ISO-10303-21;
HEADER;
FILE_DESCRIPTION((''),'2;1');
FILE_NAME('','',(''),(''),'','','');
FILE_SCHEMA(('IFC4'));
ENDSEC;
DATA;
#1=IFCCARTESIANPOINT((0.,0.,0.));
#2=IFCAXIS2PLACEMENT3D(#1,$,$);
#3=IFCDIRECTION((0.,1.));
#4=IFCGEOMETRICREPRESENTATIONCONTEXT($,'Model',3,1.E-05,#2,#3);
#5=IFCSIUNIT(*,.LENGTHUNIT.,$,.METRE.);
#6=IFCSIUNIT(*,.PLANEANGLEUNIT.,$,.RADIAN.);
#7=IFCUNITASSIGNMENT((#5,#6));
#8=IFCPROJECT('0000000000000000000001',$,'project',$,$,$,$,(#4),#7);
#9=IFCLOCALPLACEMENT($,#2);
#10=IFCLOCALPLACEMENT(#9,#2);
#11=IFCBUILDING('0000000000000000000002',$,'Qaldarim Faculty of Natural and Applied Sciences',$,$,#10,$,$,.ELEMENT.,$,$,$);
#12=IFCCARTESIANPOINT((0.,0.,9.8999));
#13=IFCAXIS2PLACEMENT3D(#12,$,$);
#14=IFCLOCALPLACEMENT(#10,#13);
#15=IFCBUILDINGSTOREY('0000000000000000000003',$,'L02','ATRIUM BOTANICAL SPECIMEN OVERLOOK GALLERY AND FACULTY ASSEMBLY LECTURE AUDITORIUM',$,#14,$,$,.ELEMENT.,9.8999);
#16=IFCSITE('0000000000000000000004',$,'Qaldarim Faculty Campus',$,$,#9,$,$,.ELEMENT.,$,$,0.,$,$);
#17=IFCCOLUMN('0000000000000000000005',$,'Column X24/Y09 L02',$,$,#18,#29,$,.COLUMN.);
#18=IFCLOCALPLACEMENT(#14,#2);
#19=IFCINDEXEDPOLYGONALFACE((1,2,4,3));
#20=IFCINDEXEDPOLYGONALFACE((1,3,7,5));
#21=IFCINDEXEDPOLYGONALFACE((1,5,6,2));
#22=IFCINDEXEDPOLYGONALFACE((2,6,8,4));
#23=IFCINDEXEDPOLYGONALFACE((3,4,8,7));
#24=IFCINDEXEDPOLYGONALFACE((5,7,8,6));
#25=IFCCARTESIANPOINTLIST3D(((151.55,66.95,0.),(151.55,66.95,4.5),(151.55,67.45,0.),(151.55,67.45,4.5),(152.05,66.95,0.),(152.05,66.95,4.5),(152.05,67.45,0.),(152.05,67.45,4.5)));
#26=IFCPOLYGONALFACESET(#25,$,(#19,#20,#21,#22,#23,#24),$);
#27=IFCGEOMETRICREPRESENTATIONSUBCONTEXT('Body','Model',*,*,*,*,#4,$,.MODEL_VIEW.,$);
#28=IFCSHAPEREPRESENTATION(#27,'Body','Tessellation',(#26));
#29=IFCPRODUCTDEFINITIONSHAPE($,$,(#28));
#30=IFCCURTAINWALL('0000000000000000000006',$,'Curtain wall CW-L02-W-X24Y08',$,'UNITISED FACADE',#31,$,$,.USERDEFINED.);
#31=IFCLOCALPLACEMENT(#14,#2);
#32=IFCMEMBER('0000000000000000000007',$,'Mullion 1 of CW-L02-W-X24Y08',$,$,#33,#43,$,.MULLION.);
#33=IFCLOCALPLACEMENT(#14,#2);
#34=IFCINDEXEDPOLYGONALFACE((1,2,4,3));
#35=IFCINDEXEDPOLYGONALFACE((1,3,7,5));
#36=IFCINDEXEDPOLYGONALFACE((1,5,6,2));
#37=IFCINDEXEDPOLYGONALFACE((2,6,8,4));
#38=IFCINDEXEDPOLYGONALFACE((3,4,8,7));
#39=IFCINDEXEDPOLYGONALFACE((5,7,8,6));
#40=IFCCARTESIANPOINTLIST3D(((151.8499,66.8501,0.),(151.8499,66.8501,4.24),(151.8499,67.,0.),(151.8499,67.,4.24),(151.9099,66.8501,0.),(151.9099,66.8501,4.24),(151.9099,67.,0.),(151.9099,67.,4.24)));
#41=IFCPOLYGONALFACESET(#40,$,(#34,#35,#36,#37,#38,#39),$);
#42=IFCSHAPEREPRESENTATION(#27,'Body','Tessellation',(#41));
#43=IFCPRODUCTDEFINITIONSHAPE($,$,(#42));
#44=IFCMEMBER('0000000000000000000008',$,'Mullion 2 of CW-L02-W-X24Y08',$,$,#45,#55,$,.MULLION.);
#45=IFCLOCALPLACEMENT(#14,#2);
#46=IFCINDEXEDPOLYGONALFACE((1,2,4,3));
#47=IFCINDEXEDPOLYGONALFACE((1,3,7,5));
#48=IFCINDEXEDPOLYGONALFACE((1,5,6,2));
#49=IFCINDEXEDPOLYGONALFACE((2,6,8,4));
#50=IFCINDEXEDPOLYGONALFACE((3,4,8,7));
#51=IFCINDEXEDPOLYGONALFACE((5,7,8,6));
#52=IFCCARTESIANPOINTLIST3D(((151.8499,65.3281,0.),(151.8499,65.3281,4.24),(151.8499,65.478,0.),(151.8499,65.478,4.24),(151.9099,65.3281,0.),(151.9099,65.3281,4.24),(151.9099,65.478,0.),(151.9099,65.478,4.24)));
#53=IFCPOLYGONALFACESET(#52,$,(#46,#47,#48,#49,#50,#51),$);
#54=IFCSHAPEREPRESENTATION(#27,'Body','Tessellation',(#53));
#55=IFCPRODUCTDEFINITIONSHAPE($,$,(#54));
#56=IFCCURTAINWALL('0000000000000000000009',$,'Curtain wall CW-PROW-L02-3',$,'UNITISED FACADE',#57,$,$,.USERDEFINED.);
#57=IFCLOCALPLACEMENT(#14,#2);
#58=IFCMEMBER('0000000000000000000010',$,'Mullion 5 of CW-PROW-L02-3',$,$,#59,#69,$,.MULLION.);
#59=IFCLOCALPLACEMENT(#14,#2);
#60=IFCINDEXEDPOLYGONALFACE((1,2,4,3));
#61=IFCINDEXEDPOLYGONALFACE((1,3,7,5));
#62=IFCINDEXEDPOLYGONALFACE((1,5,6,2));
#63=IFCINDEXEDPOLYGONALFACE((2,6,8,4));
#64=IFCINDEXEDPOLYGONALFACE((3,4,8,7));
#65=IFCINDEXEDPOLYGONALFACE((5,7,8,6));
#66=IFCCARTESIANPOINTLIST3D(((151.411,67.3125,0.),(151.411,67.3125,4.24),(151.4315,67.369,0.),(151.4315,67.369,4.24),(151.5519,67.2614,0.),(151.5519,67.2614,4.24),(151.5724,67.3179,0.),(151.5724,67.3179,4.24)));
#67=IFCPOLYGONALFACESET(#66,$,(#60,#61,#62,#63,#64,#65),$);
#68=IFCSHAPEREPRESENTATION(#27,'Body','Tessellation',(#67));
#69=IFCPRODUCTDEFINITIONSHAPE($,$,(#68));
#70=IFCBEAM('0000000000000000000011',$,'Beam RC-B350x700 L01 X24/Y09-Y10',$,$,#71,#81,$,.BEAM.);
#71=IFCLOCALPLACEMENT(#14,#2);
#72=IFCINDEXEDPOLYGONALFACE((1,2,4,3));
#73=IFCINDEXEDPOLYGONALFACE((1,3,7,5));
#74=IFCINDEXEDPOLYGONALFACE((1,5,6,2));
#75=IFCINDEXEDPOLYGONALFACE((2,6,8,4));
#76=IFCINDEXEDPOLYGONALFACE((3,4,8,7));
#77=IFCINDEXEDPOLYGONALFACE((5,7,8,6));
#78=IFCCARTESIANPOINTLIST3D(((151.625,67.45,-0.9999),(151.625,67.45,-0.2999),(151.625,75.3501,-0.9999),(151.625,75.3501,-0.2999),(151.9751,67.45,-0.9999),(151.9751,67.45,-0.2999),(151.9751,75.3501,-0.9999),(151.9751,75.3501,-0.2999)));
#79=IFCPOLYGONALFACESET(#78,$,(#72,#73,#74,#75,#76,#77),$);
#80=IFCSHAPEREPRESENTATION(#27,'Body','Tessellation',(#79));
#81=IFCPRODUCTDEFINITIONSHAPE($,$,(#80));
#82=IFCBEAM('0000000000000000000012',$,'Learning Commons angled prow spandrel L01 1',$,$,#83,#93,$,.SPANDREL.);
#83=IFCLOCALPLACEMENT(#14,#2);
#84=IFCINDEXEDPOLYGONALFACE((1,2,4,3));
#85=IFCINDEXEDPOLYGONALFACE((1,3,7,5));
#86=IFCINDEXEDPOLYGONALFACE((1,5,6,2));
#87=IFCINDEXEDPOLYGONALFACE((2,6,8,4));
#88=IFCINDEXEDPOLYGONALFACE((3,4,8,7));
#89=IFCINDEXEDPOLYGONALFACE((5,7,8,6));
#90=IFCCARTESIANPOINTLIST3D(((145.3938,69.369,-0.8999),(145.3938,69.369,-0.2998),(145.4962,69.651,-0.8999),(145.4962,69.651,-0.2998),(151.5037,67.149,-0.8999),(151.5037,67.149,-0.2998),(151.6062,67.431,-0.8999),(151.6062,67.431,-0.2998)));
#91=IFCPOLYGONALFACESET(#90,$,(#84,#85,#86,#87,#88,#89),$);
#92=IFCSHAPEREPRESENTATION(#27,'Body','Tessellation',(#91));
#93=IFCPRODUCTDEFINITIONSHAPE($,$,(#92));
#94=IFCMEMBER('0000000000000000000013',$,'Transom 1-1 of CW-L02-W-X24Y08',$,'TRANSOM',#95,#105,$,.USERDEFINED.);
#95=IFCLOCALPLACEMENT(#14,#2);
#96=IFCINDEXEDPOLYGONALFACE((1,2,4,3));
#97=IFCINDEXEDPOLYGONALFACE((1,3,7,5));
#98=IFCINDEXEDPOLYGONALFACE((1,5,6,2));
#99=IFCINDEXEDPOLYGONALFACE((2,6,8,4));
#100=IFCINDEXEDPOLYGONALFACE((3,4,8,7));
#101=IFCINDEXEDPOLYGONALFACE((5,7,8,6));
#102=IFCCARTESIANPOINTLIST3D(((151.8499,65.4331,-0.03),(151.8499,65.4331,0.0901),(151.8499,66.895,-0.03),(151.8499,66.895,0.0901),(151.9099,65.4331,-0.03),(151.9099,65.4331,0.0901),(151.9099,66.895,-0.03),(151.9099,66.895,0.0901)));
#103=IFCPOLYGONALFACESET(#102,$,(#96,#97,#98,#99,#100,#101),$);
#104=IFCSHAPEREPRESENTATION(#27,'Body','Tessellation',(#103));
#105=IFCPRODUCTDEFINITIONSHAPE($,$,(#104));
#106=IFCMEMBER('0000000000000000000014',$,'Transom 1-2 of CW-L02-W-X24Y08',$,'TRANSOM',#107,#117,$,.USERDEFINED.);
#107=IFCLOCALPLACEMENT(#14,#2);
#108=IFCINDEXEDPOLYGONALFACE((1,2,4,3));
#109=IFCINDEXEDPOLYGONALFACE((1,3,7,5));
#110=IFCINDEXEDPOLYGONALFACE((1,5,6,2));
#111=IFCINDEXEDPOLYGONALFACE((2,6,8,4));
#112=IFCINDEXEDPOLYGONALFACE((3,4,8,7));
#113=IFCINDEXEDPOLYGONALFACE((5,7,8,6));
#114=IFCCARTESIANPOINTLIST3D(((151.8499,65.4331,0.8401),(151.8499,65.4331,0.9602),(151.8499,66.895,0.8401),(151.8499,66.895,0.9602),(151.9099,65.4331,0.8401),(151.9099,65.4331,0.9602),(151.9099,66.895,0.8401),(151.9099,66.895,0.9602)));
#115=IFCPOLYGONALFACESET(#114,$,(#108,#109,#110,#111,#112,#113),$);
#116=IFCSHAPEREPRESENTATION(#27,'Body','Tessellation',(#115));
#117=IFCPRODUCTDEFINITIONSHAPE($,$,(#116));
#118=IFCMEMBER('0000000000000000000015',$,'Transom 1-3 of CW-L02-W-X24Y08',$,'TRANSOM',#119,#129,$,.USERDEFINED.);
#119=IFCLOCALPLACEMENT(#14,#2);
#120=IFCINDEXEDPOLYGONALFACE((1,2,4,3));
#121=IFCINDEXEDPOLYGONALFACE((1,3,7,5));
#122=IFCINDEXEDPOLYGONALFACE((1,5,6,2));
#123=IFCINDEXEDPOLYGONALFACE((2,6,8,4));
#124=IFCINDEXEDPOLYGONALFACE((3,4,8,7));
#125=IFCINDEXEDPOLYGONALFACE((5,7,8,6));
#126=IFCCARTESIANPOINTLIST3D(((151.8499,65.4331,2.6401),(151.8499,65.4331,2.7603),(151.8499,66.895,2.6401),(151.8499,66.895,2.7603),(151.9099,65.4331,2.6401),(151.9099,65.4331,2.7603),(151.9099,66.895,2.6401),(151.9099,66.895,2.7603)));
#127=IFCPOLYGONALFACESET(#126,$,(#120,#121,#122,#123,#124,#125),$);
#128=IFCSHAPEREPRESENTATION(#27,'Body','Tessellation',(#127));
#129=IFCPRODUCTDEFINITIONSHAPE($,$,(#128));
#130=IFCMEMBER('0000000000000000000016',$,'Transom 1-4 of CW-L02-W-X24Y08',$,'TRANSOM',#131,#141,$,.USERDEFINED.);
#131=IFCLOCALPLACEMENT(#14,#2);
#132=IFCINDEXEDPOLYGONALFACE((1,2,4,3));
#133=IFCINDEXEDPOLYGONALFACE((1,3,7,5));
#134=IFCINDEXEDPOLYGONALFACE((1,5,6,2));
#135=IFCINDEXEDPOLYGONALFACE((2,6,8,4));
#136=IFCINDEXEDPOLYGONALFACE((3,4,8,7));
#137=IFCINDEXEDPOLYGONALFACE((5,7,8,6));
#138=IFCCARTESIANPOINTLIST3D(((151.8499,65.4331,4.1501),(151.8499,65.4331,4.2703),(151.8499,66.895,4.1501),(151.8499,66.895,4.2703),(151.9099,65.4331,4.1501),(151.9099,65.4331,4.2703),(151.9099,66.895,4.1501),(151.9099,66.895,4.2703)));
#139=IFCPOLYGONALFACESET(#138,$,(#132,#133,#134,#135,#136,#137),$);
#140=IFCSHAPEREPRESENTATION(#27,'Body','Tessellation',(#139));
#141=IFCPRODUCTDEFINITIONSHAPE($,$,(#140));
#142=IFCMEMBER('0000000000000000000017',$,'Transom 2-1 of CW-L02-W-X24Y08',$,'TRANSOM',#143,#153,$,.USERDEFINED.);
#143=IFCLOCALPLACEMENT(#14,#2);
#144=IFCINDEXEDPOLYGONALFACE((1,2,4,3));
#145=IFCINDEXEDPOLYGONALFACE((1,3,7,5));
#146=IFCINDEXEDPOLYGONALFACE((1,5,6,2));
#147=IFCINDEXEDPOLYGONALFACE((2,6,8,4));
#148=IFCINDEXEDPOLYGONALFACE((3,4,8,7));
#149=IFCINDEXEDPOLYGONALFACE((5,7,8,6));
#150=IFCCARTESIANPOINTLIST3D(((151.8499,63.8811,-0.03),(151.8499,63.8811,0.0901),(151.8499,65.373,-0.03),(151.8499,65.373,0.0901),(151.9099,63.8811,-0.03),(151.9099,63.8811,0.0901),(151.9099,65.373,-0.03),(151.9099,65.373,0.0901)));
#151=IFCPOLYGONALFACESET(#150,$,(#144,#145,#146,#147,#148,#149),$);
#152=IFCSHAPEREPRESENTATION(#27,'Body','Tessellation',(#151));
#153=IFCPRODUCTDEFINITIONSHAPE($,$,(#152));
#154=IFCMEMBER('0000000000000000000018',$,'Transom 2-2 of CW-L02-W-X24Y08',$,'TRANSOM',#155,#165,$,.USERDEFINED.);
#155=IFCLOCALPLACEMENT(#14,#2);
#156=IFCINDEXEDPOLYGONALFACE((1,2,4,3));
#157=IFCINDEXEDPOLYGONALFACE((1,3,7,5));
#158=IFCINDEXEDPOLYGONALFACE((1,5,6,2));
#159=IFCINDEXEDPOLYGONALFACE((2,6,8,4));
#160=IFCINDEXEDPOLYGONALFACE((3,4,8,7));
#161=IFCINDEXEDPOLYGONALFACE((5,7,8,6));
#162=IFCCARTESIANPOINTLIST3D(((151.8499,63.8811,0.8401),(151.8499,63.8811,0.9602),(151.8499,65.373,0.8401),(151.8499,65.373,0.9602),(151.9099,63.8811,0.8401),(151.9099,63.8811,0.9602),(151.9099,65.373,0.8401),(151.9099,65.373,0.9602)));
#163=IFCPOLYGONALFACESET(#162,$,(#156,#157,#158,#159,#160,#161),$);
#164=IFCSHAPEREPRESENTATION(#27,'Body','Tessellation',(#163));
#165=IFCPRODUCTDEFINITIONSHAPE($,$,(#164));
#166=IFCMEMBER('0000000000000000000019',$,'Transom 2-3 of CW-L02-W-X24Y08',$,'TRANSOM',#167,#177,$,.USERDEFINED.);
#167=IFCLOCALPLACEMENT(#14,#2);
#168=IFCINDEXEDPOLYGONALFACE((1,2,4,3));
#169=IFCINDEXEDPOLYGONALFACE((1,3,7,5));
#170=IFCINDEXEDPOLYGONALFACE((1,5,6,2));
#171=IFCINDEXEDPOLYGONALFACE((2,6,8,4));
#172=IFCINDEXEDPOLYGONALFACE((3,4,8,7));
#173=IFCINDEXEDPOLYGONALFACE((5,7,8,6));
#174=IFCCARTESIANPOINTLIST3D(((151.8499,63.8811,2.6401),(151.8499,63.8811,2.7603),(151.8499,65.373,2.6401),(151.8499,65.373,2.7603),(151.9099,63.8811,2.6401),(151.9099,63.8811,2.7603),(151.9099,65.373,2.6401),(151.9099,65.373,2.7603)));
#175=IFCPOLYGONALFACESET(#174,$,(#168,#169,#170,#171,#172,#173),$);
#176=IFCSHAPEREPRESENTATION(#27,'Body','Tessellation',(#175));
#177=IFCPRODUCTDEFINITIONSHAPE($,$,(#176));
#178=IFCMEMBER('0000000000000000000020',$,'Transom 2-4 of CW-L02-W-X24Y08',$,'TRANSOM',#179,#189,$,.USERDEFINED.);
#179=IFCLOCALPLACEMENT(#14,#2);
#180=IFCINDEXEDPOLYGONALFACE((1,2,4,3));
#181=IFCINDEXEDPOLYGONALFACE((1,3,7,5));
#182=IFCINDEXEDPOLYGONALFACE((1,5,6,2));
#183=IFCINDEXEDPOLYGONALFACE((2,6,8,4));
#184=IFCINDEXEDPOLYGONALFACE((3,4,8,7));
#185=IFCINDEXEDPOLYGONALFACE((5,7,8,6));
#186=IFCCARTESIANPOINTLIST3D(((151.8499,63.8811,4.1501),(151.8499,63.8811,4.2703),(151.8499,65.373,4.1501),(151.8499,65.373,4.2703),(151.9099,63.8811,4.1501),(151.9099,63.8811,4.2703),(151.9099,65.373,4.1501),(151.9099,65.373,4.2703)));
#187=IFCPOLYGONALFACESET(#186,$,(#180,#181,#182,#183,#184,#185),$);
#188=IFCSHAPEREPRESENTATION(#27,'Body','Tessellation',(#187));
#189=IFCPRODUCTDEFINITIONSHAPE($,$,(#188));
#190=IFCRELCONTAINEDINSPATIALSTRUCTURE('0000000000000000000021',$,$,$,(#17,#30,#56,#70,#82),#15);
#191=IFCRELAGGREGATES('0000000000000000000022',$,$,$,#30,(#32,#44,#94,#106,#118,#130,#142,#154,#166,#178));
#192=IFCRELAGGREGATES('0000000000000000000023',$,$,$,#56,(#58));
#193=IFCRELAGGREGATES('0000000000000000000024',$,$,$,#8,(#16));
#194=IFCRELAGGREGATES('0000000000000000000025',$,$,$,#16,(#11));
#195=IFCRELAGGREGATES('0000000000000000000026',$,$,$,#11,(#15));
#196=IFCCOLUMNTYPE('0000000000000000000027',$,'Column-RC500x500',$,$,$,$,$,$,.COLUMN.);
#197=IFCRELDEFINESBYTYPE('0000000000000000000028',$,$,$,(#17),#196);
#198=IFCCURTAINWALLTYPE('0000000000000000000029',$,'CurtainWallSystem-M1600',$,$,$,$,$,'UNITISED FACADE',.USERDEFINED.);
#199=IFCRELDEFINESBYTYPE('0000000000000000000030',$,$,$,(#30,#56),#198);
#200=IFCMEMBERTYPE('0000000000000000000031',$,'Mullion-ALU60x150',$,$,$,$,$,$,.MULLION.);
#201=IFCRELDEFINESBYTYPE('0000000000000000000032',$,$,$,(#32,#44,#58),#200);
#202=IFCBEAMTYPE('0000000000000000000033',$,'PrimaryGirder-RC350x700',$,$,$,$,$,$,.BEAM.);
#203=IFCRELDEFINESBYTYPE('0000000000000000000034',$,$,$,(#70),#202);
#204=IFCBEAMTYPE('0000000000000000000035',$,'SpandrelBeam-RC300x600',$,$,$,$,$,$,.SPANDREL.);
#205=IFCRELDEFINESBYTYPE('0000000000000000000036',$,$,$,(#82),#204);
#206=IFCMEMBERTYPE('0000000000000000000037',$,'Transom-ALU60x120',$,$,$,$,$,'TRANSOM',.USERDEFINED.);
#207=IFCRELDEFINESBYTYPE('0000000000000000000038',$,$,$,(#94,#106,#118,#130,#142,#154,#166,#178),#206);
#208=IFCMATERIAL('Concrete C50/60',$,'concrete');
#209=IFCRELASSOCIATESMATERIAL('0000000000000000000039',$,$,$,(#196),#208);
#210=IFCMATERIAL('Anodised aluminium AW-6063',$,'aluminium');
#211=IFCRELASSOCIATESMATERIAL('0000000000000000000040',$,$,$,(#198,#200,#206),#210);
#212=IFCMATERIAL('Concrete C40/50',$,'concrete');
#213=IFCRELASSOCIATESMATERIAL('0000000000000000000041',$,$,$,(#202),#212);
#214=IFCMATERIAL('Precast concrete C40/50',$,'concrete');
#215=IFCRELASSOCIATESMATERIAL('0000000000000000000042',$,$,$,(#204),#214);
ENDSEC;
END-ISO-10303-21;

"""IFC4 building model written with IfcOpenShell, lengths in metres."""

from ifc_helpers import new_model, si_unit, direction, frame, origin, origin_2d, place, context, subcontext, project, spatial, rectangle, extrude, material, material_profile, profile_set, type_object, element, aggregate, save


model = new_model("IFC4")

# Units and contexts
model_context = context("Model", 3, precision=1e-05, world=origin(), true_north=direction((0.0, 1.0)))
body_context = subcontext(model_context, "Body", "Model", "MODEL_VIEW")
ifc_project = project(units=[si_unit("LENGTHUNIT", "METRE"), si_unit("PLANEANGLEUNIT", "RADIAN")], contexts=[model_context])

# Site, building, storey
site_placement = place(None, origin())
site = spatial("IfcSite", under=ifc_project, at=site_placement, Name="Qaldarim Faculty Campus", CompositionType="ELEMENT", RefElevation=0.0)
building_placement = place(site_placement, origin())
building = spatial("IfcBuilding", under=site, at=building_placement, Name="Qaldarim Faculty of Natural and Applied Sciences", CompositionType="ELEMENT")
storey_placement = place(building_placement, frame((0.0, 0.0, 9.8999)))
storey = spatial("IfcBuildingStorey", under=building, at=storey_placement, Name="L02", Description="ATRIUM BOTANICAL SPECIMEN OVERLOOK GALLERY AND FACULTY ASSEMBLY LECTURE AUDITORIUM", CompositionType="ELEMENT", Elevation=9.8999)

# Column
ifc_material_1 = material(Name="Concrete C50/60", Category="concrete")
ifc_material_profile_1 = material_profile(ifc_material_1, rectangle(XDim=0.5, YDim=0.5, at=origin_2d()), Name="RC-C500x500")
ifc_profile_set_1 = profile_set([ifc_material_profile_1], Name="Concrete C50/60")
column_type = type_object("IfcColumnType", Name="Column-RC500x500", PredefinedType="COLUMN", material=ifc_profile_set_1)
column_placement = place(storey_placement, frame((151.8, 67.2, 0.0), z_axis=(0.0, 0.0, 1.0), x_axis=(1.0, 0.0, 0.0)))
element("IfcColumn", 1, at=column_placement, inside=storey, type_object=column_type, Name="Column X24/Y09 L02", PredefinedType="COLUMN", context=body_context, shape_type="SweptSolid", body=[
    extrude(rectangle(XDim=0.5, YDim=0.5, at=origin_2d()), origin(), (0.0, 0.0, 1.0), 4.5),
])

# Curtain wall, members
ifc_material_2 = material(Name="Anodised aluminium AW-6063", Category="aluminium")
curtain_wall_type = type_object("IfcCurtainWallType", Name="CurtainWallSystem-M1600", ElementType="UNITISED FACADE", PredefinedType="USERDEFINED", material=ifc_material_2)
curtain_wall_1_placement = place(storey_placement, origin())
curtain_wall_1 = element("IfcCurtainWall", 2, at=curtain_wall_1_placement, inside=storey, type_object=curtain_wall_type, Name="Curtain wall CW-L02-W-X24Y08", ObjectType="UNITISED FACADE", PredefinedType="USERDEFINED")
ifc_material_profile_2 = material_profile(ifc_material_2, rectangle(XDim=0.0601, YDim=0.1499, at=origin_2d()), Name="ALU-M60x150")
ifc_profile_set_2 = profile_set([ifc_material_profile_2], Name="Anodised aluminium AW-6063")
member_type_1 = type_object("IfcMemberType", Name="Mullion-ALU60x150", PredefinedType="MULLION", material=ifc_profile_set_2)
member_1_placement = place(storey_placement, frame((151.8799, 66.925, 0.0), z_axis=(0.0, 0.0, 1.0), x_axis=(1.0, 0.0, 0.0)))
member_1 = element("IfcMember", 3, at=member_1_placement, type_object=member_type_1, Name="Mullion 1 of CW-L02-W-X24Y08", PredefinedType="MULLION", context=body_context, shape_type="SweptSolid", body=[
    extrude(rectangle(XDim=0.0601, YDim=0.1499, at=origin_2d()), origin(), (0.0, 0.0, 1.0), 4.24),
])
member_2_placement = place(storey_placement, frame((151.8799, 65.4031, 0.0), z_axis=(0.0, 0.0, 1.0), x_axis=(1.0, 0.0, 0.0)))
member_2 = element("IfcMember", 4, at=member_2_placement, type_object=member_type_1, Name="Mullion 2 of CW-L02-W-X24Y08", PredefinedType="MULLION", context=body_context, shape_type="SweptSolid", body=[
    extrude(rectangle(XDim=0.0601, YDim=0.1499, at=origin_2d()), origin(), (0.0, 0.0, 1.0), 4.24),
])

# Curtain wall, member
curtain_wall_2_placement = place(storey_placement, origin())
curtain_wall_2 = element("IfcCurtainWall", 5, at=curtain_wall_2_placement, inside=storey, type_object=curtain_wall_type, Name="Curtain wall CW-PROW-L02-3", ObjectType="UNITISED FACADE", PredefinedType="USERDEFINED")
member_3_placement = place(storey_placement, frame((151.4917, 67.3152, 0.0), z_axis=(0.0, 0.0, 1.0), x_axis=(0.340872, 0.94011, 0.0)))
member_3 = element("IfcMember", 6, at=member_3_placement, type_object=member_type_1, Name="Mullion 5 of CW-PROW-L02-3", PredefinedType="MULLION", context=body_context, shape_type="SweptSolid", body=[
    extrude(rectangle(XDim=0.0601, YDim=0.1499, at=origin_2d()), origin(), (0.0, 0.0, 1.0), 4.24),
])

# Beams
ifc_material_3 = material(Name="Concrete C40/50", Category="concrete")
ifc_material_profile_3 = material_profile(ifc_material_3, rectangle(XDim=0.3501, YDim=0.7, at=origin_2d()), Name="RC-B350x700")
ifc_profile_set_3 = profile_set([ifc_material_profile_3], Name="Concrete C40/50")
beam_type_1 = type_object("IfcBeamType", Name="PrimaryGirder-RC350x700", PredefinedType="BEAM", material=ifc_profile_set_3)
beam_1_placement = place(storey_placement, frame((151.8, 67.45, -0.6499), z_axis=(0.0, 1.0, 0.0), x_axis=(-1.0, 0.0, 0.0)))
element("IfcBeam", 7, at=beam_1_placement, inside=storey, type_object=beam_type_1, Name="Beam RC-B350x700 L01 X24/Y09-Y10", PredefinedType="BEAM", context=body_context, shape_type="SweptSolid", body=[
    extrude(rectangle(XDim=0.3501, YDim=0.7, at=origin_2d()), origin(), (0.0, 0.0, 1.0), 7.9001),
])
ifc_material_4 = material(Name="Precast concrete C40/50", Category="concrete")
ifc_material_profile_4 = material_profile(ifc_material_4, rectangle(XDim=0.3, YDim=0.6001, at=origin_2d()), Name="RC-SP300x600")
ifc_profile_set_4 = profile_set([ifc_material_profile_4], Name="Precast concrete C40/50")
beam_type_2 = type_object("IfcBeamType", Name="SpandrelBeam-RC300x600", PredefinedType="SPANDREL", material=ifc_profile_set_4)
beam_2_placement = place(storey_placement, frame((151.5549, 67.29, -0.5999), z_axis=(-0.939882, 0.341499, 0.0), x_axis=(-0.341499, -0.939882, 0.0)))
element("IfcBeam", 8, at=beam_2_placement, inside=storey, type_object=beam_type_2, Name="Learning Commons angled prow spandrel L01 1", PredefinedType="SPANDREL", context=body_context, shape_type="SweptSolid", body=[
    extrude(rectangle(XDim=0.3, YDim=0.6001, at=origin_2d()), origin(), (0.0, 0.0, 1.0), 6.5007),
])

# Members
ifc_material_profile_5 = material_profile(ifc_material_2, rectangle(XDim=0.0601, YDim=0.1201, at=origin_2d()), Name="ALU-T60x120")
ifc_profile_set_5 = profile_set([ifc_material_profile_5], Name="Anodised aluminium AW-6063")
member_type_2 = type_object("IfcMemberType", Name="Transom-ALU60x120", ElementType="TRANSOM", PredefinedType="USERDEFINED", material=ifc_profile_set_5)
member_4_placement = place(storey_placement, frame((151.8799, 66.895, 0.03), z_axis=(0.0, -1.0, 0.0), x_axis=(1.0, 0.0, 0.0)))
member_4 = element("IfcMember", 9, at=member_4_placement, type_object=member_type_2, Name="Transom 1-1 of CW-L02-W-X24Y08", ObjectType="TRANSOM", PredefinedType="USERDEFINED", context=body_context, shape_type="SweptSolid", body=[
    extrude(rectangle(XDim=0.0601, YDim=0.1201, at=origin_2d()), origin(), (0.0, 0.0, 1.0), 1.4619),
])
member_5_placement = place(storey_placement, frame((151.8799, 66.895, 0.9001), z_axis=(0.0, -1.0, 0.0), x_axis=(1.0, 0.0, 0.0)))
member_5 = element("IfcMember", 10, at=member_5_placement, type_object=member_type_2, Name="Transom 1-2 of CW-L02-W-X24Y08", ObjectType="TRANSOM", PredefinedType="USERDEFINED", context=body_context, shape_type="SweptSolid", body=[
    extrude(rectangle(XDim=0.0601, YDim=0.1201, at=origin_2d()), origin(), (0.0, 0.0, 1.0), 1.4619),
])
member_6_placement = place(storey_placement, frame((151.8799, 66.895, 2.7002), z_axis=(0.0, -1.0, 0.0), x_axis=(1.0, 0.0, 0.0)))
member_6 = element("IfcMember", 11, at=member_6_placement, type_object=member_type_2, Name="Transom 1-3 of CW-L02-W-X24Y08", ObjectType="TRANSOM", PredefinedType="USERDEFINED", context=body_context, shape_type="SweptSolid", body=[
    extrude(rectangle(XDim=0.0601, YDim=0.1201, at=origin_2d()), origin(), (0.0, 0.0, 1.0), 1.4619),
])
member_7_placement = place(storey_placement, frame((151.8799, 66.895, 4.2102), z_axis=(0.0, -1.0, 0.0), x_axis=(1.0, 0.0, 0.0)))
member_7 = element("IfcMember", 12, at=member_7_placement, type_object=member_type_2, Name="Transom 1-4 of CW-L02-W-X24Y08", ObjectType="TRANSOM", PredefinedType="USERDEFINED", context=body_context, shape_type="SweptSolid", body=[
    extrude(rectangle(XDim=0.0601, YDim=0.1201, at=origin_2d()), origin(), (0.0, 0.0, 1.0), 1.4619),
])
member_8_placement = place(storey_placement, frame((151.8799, 65.373, 0.03), z_axis=(0.0, -1.0, 0.0), x_axis=(1.0, 0.0, 0.0)))
member_8 = element("IfcMember", 13, at=member_8_placement, type_object=member_type_2, Name="Transom 2-1 of CW-L02-W-X24Y08", ObjectType="TRANSOM", PredefinedType="USERDEFINED", context=body_context, shape_type="SweptSolid", body=[
    extrude(rectangle(XDim=0.0601, YDim=0.1201, at=origin_2d()), origin(), (0.0, 0.0, 1.0), 1.4919),
])
member_9_placement = place(storey_placement, frame((151.8799, 65.373, 0.9001), z_axis=(0.0, -1.0, 0.0), x_axis=(1.0, 0.0, 0.0)))
member_9 = element("IfcMember", 14, at=member_9_placement, type_object=member_type_2, Name="Transom 2-2 of CW-L02-W-X24Y08", ObjectType="TRANSOM", PredefinedType="USERDEFINED", context=body_context, shape_type="SweptSolid", body=[
    extrude(rectangle(XDim=0.0601, YDim=0.1201, at=origin_2d()), origin(), (0.0, 0.0, 1.0), 1.4919),
])
member_10_placement = place(storey_placement, frame((151.8799, 65.373, 2.7002), z_axis=(0.0, -1.0, 0.0), x_axis=(1.0, 0.0, 0.0)))
member_10 = element("IfcMember", 15, at=member_10_placement, type_object=member_type_2, Name="Transom 2-3 of CW-L02-W-X24Y08", ObjectType="TRANSOM", PredefinedType="USERDEFINED", context=body_context, shape_type="SweptSolid", body=[
    extrude(rectangle(XDim=0.0601, YDim=0.1201, at=origin_2d()), origin(), (0.0, 0.0, 1.0), 1.4919),
])
member_11_placement = place(storey_placement, frame((151.8799, 65.373, 4.2102), z_axis=(0.0, -1.0, 0.0), x_axis=(1.0, 0.0, 0.0)))
member_11 = element("IfcMember", 16, at=member_11_placement, type_object=member_type_2, Name="Transom 2-4 of CW-L02-W-X24Y08", ObjectType="TRANSOM", PredefinedType="USERDEFINED", context=body_context, shape_type="SweptSolid", body=[
    extrude(rectangle(XDim=0.0601, YDim=0.1201, at=origin_2d()), origin(), (0.0, 0.0, 1.0), 1.4919),
])

aggregate(curtain_wall_1, [member_1, member_2, member_4, member_5, member_6, member_7, member_8, member_9, member_10, member_11])
aggregate(curtain_wall_2, [member_3])

save(model, "model.ifc")
